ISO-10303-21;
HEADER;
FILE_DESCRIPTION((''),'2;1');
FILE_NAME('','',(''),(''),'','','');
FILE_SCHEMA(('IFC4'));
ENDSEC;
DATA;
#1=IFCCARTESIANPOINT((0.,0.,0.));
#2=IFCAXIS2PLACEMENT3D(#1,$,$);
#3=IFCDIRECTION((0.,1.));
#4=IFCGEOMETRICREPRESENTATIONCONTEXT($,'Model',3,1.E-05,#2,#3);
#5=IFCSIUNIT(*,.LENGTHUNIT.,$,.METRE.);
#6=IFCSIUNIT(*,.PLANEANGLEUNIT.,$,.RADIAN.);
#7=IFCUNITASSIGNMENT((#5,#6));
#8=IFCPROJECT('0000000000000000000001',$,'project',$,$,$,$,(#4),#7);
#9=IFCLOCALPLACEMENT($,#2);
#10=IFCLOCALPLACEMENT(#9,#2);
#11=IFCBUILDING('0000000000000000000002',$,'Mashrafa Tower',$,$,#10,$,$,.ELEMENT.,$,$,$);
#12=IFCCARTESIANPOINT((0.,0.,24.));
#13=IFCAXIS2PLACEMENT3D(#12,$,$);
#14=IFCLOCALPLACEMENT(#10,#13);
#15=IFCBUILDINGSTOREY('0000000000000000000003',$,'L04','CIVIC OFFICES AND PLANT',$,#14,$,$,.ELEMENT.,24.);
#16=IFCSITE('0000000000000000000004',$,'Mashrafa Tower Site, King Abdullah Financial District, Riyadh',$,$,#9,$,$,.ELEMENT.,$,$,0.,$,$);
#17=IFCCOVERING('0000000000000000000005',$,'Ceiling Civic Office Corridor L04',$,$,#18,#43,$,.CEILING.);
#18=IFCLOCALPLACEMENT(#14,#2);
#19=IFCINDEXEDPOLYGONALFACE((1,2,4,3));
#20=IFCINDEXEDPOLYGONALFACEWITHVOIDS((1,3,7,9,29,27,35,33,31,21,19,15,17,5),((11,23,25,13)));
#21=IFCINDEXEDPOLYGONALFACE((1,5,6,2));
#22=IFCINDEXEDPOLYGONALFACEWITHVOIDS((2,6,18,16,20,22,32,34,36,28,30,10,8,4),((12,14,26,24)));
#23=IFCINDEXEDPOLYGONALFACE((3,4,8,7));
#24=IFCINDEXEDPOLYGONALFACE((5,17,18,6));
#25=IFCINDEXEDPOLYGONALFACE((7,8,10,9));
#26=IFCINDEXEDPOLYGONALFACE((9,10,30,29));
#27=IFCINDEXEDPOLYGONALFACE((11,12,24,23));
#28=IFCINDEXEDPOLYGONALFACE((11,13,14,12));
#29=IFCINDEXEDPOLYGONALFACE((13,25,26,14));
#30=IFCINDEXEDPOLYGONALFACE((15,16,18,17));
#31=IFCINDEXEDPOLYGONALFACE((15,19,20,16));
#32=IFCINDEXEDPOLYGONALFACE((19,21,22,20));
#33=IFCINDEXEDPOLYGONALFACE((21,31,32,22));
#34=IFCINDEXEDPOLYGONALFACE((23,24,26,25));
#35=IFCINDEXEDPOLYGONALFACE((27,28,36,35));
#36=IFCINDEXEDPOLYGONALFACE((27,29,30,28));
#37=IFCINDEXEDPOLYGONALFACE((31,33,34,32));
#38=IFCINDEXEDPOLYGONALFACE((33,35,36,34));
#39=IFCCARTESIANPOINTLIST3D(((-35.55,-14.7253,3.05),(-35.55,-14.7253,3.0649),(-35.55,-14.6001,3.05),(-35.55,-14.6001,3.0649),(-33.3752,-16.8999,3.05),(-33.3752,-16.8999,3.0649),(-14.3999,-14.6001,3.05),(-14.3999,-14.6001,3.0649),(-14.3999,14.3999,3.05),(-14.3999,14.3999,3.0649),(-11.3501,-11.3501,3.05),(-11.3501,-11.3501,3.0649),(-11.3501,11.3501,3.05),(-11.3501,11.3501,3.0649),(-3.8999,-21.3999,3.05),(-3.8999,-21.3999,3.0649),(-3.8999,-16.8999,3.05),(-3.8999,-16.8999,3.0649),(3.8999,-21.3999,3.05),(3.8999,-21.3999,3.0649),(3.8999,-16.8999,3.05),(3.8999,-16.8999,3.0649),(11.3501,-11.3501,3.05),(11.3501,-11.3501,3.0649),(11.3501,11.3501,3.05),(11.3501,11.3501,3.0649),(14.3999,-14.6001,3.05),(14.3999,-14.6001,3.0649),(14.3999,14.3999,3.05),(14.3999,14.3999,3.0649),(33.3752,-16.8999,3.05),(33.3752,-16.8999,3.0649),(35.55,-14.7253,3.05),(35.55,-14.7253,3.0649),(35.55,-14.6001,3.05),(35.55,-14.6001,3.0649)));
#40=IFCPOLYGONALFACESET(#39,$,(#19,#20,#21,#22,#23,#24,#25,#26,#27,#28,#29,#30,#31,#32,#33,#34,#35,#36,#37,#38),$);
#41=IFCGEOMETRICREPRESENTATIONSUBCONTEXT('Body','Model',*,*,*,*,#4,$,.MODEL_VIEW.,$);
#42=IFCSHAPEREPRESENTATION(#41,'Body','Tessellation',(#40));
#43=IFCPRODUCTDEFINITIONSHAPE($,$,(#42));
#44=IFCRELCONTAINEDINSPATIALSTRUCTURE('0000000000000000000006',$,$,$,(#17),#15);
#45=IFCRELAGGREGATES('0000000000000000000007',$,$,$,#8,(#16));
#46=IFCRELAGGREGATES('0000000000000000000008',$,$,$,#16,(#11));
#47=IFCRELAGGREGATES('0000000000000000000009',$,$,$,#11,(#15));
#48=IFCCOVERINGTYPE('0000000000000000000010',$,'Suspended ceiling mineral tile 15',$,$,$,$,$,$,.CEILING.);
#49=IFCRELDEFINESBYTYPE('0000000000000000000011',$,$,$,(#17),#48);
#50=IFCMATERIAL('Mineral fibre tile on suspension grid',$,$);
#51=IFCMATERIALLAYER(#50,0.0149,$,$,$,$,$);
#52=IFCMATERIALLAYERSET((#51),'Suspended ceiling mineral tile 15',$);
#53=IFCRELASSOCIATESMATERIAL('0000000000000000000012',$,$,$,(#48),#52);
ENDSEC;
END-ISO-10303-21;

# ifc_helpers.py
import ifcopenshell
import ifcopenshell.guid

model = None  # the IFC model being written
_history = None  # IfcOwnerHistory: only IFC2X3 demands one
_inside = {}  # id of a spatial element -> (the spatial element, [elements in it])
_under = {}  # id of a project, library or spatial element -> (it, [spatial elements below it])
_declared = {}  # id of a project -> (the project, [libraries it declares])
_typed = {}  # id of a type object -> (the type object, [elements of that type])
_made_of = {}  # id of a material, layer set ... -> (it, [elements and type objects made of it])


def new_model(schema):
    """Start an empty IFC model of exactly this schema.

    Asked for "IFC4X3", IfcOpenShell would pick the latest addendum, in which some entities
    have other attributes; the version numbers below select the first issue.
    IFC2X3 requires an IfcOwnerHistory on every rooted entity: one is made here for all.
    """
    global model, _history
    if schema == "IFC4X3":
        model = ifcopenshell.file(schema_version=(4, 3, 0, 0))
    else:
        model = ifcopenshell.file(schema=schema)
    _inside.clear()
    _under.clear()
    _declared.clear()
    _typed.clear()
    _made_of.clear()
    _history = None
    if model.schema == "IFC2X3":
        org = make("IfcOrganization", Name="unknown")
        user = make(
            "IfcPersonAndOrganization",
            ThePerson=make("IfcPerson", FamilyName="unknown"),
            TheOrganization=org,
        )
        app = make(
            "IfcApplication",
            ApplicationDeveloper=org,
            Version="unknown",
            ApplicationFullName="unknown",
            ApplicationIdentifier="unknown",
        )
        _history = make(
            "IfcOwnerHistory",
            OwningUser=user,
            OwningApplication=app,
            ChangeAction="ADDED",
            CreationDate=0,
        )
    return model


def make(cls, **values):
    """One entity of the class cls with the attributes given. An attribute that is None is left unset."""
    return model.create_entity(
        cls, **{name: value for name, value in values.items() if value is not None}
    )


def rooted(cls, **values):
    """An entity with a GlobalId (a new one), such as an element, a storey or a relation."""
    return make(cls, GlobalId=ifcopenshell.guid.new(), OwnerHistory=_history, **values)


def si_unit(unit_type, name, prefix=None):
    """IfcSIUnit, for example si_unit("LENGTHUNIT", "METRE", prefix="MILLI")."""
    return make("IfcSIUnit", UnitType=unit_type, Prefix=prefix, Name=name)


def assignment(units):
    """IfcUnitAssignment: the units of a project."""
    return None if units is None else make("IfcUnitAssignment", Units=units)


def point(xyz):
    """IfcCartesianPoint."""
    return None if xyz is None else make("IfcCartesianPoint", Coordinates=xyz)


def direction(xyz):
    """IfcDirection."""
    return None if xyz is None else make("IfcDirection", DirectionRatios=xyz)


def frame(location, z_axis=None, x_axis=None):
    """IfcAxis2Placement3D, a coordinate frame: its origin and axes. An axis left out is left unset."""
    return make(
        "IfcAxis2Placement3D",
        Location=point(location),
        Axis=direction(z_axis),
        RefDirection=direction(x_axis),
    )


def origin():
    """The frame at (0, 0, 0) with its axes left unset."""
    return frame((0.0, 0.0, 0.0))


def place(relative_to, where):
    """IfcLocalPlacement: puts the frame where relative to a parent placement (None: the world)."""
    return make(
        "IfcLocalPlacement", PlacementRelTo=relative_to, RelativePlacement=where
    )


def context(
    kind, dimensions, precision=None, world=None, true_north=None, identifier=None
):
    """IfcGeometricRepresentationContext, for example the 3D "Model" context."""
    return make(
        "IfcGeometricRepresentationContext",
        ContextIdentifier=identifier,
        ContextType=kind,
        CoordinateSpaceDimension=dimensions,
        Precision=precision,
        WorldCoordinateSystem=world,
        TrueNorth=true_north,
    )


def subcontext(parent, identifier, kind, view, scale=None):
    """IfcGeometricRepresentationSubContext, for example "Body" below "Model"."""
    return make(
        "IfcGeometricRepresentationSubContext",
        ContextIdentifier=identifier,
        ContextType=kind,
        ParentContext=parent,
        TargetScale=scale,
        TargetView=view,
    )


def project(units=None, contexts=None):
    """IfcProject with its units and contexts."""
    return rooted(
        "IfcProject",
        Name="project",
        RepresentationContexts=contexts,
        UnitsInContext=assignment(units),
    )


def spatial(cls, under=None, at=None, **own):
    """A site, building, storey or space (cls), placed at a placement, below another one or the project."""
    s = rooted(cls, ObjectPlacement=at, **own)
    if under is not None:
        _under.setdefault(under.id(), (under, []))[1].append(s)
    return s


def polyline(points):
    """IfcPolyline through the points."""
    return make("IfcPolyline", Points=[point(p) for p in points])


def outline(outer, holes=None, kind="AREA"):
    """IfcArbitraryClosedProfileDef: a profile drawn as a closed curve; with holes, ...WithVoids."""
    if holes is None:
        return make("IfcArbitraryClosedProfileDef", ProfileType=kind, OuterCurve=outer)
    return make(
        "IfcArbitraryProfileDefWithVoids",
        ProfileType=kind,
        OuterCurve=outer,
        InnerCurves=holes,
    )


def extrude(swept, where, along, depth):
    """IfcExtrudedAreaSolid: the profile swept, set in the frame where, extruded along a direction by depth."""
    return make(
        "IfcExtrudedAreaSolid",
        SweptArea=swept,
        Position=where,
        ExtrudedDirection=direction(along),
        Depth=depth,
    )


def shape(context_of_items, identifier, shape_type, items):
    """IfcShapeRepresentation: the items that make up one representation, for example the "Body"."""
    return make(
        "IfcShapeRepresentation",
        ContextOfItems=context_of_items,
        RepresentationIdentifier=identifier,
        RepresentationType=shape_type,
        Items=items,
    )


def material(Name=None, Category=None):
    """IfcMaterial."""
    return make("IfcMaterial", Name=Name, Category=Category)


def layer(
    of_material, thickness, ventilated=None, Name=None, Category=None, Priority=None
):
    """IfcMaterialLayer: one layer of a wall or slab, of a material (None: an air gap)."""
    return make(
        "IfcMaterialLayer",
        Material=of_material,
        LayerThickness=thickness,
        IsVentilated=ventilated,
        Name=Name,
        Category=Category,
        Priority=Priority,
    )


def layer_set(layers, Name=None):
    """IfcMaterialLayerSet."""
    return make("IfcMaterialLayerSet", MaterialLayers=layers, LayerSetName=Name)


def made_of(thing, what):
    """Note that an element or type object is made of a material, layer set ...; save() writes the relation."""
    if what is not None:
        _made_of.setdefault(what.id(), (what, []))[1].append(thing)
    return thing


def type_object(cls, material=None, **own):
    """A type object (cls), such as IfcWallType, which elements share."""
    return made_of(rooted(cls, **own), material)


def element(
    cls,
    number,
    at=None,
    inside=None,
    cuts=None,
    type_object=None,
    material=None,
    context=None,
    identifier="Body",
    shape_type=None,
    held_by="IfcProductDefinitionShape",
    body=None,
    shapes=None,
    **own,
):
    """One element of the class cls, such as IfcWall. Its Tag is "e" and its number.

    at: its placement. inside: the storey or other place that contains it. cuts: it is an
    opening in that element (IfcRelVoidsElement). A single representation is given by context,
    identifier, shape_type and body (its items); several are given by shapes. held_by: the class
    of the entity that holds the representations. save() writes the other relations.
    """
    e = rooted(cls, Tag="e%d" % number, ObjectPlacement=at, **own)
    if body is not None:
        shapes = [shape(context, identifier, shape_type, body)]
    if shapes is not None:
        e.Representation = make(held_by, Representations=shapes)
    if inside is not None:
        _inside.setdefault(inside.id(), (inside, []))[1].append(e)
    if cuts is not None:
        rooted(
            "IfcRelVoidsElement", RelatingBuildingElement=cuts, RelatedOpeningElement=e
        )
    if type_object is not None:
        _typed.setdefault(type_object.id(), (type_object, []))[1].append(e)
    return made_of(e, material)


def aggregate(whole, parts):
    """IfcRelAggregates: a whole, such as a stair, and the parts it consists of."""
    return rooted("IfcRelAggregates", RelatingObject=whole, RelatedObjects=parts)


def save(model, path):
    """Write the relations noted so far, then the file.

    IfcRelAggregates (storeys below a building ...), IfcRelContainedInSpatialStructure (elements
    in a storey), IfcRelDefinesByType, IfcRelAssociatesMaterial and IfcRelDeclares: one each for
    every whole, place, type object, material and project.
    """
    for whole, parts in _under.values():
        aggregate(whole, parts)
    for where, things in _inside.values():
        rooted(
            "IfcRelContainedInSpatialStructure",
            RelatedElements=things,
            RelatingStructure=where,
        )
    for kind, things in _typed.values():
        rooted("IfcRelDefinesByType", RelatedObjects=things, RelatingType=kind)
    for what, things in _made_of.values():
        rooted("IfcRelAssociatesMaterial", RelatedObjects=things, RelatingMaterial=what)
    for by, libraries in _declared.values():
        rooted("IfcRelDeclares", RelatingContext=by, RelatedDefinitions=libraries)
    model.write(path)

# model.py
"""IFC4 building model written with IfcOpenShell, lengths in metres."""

from ifc_helpers import new_model, si_unit, direction, frame, origin, place, context, subcontext, project, spatial, polyline, outline, extrude, material, layer, layer_set, type_object, element, save


model = new_model("IFC4")

# Units and contexts
model_context = context("Model", 3, precision=1e-05, world=origin(), true_north=direction((0.0, 1.0)))
body_context = subcontext(model_context, "Body", "Model", "MODEL_VIEW")
ifc_project = project(units=[si_unit("LENGTHUNIT", "METRE"), si_unit("PLANEANGLEUNIT", "RADIAN")], contexts=[model_context])

# Site, building, storey
site_placement = place(None, origin())
site = spatial("IfcSite", under=ifc_project, at=site_placement, Name="Mashrafa Tower Site, King Abdullah Financial District, Riyadh", CompositionType="ELEMENT", RefElevation=0.0)
building_placement = place(site_placement, origin())
building = spatial("IfcBuilding", under=site, at=building_placement, Name="Mashrafa Tower", CompositionType="ELEMENT")
storey_placement = place(building_placement, frame((0.0, 0.0, 24.0)))
storey = spatial("IfcBuildingStorey", under=building, at=storey_placement, Name="L04", Description="CIVIC OFFICES AND PLANT", CompositionType="ELEMENT", Elevation=24.0)

# Covering
ifc_material_1 = material(Name="Mineral fibre tile on suspension grid")
ifc_layer_1 = layer(ifc_material_1, 0.0149)
ifc_layer_set_1 = layer_set([ifc_layer_1], Name="Suspended ceiling mineral tile 15")
covering_type = type_object("IfcCoveringType", Name="Suspended ceiling mineral tile 15", PredefinedType="CEILING", material=ifc_layer_set_1)
covering_1_placement = place(storey_placement, frame((0.0, 0.0, 3.05)))
element("IfcCovering", 1, at=covering_1_placement, inside=storey, type_object=covering_type, Name="Ceiling Civic Office Corridor L04", PredefinedType="CEILING", context=body_context, shape_type="SweptSolid", body=[
    extrude(outline(polyline([(-3.8999, -21.3999), (-3.8999, -16.8999), (-33.3752, -16.8999), (-35.55, -14.7253), (-35.55, -14.6001), (-14.3999, -14.6001), (-14.3999, 14.3999), (14.3999, 14.3999), (14.3999, -14.6001), (35.55, -14.6001), (35.55, -14.7253), (33.3752, -16.8999), (3.8999, -16.8999), (3.8999, -21.3999), (-3.8999, -21.3999)]), holes=[polyline([(-11.3501, -11.3501), (11.3501, -11.3501), (11.3501, 11.3501), (-11.3501, 11.3501), (-11.3501, -11.3501)])]), origin(), (0.0, 0.0, 1.0), 0.0149),
])

save(model, "model.ifc")
